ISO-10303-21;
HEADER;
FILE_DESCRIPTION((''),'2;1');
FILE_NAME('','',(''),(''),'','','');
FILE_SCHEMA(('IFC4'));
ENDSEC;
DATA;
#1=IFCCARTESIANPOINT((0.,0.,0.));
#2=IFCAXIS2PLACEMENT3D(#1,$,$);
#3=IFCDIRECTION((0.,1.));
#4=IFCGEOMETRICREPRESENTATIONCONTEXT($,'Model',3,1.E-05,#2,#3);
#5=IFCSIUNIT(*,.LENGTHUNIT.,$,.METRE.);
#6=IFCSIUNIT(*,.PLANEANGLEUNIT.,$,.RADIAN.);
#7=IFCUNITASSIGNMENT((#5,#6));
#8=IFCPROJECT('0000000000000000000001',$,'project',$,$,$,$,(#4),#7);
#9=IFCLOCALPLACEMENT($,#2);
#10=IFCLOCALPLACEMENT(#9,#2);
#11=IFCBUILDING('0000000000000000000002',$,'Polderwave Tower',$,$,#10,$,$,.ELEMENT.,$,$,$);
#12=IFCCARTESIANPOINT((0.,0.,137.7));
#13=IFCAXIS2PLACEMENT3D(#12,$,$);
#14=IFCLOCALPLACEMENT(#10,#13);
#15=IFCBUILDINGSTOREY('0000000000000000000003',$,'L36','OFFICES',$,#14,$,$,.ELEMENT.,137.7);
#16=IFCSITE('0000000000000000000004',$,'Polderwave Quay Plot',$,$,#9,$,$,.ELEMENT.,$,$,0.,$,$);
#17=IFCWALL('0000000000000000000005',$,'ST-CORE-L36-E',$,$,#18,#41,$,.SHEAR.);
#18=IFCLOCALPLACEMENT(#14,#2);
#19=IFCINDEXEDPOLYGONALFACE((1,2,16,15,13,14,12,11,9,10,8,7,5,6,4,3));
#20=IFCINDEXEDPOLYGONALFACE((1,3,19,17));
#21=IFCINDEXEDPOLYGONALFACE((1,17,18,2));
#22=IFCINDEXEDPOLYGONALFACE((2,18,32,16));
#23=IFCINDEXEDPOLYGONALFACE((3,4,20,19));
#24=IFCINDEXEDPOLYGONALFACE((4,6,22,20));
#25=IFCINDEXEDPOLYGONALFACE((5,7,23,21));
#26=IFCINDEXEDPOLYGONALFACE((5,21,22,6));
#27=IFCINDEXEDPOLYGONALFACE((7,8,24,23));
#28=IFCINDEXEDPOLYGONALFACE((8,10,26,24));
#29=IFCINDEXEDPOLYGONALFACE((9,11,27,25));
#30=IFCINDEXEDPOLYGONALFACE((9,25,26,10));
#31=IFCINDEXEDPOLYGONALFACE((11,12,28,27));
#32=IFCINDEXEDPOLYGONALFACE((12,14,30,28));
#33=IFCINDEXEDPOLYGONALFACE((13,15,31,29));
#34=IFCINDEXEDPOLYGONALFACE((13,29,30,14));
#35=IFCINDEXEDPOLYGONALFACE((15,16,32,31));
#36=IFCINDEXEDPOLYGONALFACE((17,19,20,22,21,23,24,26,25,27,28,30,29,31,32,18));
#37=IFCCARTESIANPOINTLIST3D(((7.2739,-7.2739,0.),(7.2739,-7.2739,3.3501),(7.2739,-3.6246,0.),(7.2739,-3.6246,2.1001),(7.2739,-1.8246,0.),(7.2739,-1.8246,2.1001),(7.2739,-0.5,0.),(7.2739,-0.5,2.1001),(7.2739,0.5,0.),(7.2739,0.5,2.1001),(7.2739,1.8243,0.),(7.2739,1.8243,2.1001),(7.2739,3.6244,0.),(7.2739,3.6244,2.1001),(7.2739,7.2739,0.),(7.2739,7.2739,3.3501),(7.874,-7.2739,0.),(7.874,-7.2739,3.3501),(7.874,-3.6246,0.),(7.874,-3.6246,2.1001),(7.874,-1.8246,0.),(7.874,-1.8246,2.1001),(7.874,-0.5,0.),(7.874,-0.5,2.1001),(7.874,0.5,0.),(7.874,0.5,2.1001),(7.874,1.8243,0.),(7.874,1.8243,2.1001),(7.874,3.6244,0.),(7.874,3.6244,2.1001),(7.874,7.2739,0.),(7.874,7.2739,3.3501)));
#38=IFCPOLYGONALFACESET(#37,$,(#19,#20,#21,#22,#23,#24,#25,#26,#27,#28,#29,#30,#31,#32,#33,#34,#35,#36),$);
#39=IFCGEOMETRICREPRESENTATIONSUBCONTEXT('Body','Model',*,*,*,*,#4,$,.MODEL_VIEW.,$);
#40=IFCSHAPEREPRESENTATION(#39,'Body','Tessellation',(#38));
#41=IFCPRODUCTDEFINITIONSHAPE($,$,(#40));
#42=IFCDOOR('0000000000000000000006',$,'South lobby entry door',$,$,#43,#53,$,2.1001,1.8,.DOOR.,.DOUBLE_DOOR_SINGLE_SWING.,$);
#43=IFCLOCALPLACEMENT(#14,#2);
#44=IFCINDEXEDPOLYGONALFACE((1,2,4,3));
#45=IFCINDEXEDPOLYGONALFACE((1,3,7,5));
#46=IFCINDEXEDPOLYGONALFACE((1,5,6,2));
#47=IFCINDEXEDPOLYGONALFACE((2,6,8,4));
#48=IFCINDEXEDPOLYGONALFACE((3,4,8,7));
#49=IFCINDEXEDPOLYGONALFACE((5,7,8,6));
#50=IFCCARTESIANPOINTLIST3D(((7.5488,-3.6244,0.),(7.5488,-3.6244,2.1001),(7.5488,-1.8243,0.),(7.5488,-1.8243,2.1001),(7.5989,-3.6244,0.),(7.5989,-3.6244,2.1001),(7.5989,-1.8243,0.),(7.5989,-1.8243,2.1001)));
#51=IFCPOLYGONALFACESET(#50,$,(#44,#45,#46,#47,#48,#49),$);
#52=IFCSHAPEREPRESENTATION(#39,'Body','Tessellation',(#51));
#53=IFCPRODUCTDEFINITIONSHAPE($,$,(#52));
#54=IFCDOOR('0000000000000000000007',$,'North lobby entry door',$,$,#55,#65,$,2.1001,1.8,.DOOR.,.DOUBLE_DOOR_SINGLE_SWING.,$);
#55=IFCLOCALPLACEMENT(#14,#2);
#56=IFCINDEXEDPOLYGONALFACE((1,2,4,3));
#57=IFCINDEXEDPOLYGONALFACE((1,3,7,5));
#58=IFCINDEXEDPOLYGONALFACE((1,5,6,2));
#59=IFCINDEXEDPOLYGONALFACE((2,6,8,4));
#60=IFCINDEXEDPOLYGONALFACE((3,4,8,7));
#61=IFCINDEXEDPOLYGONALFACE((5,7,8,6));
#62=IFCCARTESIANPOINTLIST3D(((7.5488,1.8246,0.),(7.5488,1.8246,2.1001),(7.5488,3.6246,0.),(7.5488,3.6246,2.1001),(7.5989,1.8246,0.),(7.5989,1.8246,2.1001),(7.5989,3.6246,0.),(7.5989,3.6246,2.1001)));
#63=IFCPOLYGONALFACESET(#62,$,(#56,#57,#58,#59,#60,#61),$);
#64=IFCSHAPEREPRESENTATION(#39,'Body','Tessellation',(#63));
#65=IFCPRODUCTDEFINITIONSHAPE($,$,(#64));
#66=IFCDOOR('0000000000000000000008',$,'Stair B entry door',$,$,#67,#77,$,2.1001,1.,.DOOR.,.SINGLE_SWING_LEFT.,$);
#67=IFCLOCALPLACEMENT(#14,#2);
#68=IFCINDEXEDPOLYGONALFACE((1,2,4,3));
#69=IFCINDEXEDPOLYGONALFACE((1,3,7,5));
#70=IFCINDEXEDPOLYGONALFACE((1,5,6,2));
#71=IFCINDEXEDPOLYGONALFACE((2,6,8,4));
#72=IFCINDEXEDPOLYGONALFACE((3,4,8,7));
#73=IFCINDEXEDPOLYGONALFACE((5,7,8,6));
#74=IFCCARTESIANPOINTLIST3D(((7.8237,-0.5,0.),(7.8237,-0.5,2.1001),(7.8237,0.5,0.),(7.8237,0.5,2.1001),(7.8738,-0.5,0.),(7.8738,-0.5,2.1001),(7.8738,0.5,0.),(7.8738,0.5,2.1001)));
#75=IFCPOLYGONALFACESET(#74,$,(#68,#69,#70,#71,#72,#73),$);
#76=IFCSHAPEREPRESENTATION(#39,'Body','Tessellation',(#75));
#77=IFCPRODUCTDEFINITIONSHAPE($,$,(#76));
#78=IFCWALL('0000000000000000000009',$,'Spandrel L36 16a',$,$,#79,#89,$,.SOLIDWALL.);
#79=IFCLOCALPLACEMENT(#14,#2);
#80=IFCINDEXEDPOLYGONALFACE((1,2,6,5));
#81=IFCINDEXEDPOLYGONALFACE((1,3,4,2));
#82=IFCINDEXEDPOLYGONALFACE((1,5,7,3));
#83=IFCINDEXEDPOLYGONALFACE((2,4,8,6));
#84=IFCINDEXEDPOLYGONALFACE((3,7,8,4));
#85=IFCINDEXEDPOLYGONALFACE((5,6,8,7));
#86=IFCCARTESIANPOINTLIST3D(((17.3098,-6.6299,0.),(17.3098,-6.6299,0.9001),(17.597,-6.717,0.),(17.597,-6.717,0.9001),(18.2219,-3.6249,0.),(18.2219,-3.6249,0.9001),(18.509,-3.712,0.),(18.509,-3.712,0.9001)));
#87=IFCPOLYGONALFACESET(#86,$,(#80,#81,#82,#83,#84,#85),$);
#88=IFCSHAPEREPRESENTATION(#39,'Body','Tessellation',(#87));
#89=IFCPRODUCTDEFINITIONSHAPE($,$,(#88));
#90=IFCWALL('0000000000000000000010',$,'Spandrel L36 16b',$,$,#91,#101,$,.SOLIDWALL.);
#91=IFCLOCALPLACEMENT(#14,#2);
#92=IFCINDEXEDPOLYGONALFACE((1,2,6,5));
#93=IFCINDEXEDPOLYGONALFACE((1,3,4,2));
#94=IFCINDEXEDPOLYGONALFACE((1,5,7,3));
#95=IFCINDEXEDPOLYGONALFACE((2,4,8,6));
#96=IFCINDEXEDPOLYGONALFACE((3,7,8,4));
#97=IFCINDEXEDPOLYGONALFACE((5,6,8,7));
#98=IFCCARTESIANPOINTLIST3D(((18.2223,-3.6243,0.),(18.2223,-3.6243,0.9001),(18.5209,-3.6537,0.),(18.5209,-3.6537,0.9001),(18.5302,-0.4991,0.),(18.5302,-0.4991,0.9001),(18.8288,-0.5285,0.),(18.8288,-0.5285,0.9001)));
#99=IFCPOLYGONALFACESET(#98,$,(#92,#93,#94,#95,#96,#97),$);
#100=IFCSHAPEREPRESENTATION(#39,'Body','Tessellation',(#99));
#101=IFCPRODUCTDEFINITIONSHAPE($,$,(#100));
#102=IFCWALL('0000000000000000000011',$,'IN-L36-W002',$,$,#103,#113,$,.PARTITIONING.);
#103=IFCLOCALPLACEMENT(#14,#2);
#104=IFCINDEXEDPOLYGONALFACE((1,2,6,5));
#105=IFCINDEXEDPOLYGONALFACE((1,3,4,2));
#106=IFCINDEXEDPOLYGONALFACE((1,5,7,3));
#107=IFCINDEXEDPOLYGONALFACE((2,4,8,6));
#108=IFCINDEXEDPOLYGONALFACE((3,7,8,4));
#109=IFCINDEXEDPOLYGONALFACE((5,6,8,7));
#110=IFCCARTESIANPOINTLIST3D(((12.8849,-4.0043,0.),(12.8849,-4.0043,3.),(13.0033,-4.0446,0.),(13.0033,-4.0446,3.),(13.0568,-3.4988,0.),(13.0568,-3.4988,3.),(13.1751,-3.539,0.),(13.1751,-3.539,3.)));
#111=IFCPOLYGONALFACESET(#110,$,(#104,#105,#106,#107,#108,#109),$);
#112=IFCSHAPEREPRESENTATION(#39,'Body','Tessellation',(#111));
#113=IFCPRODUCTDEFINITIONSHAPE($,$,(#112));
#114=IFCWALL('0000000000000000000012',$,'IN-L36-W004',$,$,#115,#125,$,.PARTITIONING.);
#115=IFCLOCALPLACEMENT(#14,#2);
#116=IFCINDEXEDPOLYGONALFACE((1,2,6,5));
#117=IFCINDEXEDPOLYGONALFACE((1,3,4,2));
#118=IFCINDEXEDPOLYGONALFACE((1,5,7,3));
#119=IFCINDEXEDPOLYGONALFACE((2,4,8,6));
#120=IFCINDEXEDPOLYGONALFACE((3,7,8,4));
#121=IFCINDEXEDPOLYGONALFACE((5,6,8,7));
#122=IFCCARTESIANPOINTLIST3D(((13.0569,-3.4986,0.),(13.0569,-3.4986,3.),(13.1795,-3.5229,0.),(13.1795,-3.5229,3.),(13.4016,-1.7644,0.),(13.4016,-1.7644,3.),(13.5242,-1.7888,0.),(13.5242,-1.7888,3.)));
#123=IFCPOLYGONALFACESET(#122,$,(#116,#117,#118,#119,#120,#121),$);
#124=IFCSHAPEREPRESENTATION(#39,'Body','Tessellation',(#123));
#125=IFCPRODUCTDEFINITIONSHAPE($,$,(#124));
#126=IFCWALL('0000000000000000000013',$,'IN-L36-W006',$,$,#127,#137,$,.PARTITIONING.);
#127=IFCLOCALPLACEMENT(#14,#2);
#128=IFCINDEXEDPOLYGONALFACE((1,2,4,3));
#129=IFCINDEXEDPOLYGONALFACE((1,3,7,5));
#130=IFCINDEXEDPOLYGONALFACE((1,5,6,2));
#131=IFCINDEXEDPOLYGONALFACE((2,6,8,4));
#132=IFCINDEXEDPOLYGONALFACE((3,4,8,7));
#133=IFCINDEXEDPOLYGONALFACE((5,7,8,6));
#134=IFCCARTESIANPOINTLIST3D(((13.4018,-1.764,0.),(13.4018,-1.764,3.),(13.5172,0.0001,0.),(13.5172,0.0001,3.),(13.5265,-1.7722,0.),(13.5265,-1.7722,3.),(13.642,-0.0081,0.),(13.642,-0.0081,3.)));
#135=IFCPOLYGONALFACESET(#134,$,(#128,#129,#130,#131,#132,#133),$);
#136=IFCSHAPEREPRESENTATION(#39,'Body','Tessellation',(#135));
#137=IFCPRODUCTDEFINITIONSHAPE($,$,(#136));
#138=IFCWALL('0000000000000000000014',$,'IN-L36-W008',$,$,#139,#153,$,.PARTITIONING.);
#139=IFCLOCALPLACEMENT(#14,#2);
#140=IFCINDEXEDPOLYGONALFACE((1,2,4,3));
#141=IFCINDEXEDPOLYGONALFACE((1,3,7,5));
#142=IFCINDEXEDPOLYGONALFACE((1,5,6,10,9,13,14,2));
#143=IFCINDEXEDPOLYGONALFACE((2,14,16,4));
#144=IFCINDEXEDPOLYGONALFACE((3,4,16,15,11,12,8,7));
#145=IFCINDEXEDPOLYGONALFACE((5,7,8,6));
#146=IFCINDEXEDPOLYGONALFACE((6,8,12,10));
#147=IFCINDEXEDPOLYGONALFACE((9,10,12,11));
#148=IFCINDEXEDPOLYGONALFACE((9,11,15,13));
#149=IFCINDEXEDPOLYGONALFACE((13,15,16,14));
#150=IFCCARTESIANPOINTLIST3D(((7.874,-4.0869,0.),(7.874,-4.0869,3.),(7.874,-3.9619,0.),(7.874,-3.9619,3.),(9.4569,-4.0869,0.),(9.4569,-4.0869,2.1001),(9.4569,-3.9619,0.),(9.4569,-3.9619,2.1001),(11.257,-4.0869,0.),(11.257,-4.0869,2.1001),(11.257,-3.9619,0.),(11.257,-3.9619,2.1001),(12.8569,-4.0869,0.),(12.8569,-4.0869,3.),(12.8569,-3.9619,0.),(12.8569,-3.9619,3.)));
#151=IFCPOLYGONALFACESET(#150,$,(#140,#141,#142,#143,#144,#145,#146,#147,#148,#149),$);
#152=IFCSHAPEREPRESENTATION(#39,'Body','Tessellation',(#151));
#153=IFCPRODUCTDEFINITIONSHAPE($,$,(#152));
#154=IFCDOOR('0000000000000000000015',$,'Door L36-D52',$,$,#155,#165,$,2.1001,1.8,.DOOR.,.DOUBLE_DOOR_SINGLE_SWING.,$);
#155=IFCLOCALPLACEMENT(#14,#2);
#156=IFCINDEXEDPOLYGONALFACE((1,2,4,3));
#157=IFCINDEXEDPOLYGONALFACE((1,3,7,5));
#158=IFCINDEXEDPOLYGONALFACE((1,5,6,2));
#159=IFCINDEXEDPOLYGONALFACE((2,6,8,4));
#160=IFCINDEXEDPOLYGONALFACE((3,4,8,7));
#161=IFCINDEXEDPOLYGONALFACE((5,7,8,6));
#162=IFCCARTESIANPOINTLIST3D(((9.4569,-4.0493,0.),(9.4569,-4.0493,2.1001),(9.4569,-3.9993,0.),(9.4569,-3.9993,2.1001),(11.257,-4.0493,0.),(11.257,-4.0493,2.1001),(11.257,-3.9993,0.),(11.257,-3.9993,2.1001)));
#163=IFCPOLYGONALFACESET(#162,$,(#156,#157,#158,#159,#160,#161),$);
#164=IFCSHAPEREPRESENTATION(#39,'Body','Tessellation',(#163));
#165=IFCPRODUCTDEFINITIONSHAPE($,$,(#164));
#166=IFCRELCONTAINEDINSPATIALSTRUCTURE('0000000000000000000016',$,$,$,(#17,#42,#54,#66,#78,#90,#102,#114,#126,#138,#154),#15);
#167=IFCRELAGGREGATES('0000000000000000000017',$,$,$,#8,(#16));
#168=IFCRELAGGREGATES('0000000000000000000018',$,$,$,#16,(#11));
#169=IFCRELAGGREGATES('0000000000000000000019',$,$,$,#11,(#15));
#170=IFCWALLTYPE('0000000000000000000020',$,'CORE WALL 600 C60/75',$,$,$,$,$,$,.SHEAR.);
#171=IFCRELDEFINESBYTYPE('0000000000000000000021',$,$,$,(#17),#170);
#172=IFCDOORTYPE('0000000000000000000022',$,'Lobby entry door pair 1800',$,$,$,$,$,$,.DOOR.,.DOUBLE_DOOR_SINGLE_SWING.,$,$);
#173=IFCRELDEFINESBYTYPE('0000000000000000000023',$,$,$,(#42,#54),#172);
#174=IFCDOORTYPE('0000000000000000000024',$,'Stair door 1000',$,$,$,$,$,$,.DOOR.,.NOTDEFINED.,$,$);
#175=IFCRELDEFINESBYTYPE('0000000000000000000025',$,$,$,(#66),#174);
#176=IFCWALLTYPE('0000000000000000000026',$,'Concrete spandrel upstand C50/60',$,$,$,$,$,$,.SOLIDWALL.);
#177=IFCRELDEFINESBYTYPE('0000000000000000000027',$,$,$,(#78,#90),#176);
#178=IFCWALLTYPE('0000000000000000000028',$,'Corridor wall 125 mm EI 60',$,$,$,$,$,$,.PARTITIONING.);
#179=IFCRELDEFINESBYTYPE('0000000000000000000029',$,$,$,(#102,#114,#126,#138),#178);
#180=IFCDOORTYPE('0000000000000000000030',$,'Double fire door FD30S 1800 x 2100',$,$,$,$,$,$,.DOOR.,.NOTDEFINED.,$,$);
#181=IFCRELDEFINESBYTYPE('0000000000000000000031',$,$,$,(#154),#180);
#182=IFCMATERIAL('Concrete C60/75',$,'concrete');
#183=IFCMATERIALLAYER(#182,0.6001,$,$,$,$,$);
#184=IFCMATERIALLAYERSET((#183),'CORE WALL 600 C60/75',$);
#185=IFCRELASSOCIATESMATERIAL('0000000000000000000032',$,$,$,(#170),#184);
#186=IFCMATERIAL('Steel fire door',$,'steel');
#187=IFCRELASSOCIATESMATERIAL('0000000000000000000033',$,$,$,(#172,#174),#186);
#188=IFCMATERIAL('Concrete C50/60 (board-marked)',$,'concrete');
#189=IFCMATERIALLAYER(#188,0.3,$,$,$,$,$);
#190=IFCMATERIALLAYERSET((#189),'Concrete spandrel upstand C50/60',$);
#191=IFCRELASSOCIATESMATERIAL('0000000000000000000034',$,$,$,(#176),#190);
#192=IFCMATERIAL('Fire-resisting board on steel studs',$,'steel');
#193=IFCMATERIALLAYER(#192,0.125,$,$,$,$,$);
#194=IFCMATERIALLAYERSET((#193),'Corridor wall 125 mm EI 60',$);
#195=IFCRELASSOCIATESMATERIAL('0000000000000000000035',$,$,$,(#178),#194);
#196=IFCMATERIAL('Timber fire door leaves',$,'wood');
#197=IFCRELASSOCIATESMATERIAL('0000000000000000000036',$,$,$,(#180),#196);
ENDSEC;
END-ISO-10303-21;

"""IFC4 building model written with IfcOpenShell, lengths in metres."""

from ifc_helpers import new_model, si_unit, direction, frame, frame_2d, origin, place, context, subcontext, project, spatial, rectangle, extrude, material, layer, layer_set, type_object, element, fill, save


model = new_model("IFC4")

# Units and contexts
model_context = context("Model", 3, precision=1e-05, world=origin(), true_north=direction((0.0, 1.0)))
body_context = subcontext(model_context, "Body", "Model", "MODEL_VIEW")
ifc_project = project(units=[si_unit("LENGTHUNIT", "METRE"), si_unit("PLANEANGLEUNIT", "RADIAN")], contexts=[model_context])

# Site, building, storey
site_placement = place(None, origin())
site = spatial("IfcSite", under=ifc_project, at=site_placement, Name="Polderwave Quay Plot", CompositionType="ELEMENT", RefElevation=0.0)
building_placement = place(site_placement, origin())
building = spatial("IfcBuilding", under=site, at=building_placement, Name="Polderwave Tower", CompositionType="ELEMENT")
storey_placement = place(building_placement, frame((0.0, 0.0, 137.7)))
storey = spatial("IfcBuildingStorey", under=building, at=storey_placement, Name="L36", Description="OFFICES", CompositionType="ELEMENT", Elevation=137.7)

# Shared definitions
ifc_material_1 = material(Name="Concrete C60/75", Category="concrete")

# Wall, openings, doors
ifc_layer_1 = layer(ifc_material_1, 0.6001)
ifc_layer_set_1 = layer_set([ifc_layer_1], Name="CORE WALL 600 C60/75")
wall_type_1 = type_object("IfcWallType", Name="CORE WALL 600 C60/75", PredefinedType="SHEAR", material=ifc_layer_set_1)
wall_1_placement = place(storey_placement, frame((7.574, -7.2739, 0.0), z_axis=(0.0, 0.0, 1.0), x_axis=(0.0, 1.0, 0.0)))
wall_1 = element("IfcWall", 1, at=wall_1_placement, inside=storey, type_object=wall_type_1, Name="ST-CORE-L36-E", PredefinedType="SHEAR", context=body_context, shape_type="SweptSolid", body=[
    extrude(rectangle(XDim=14.5479, YDim=0.6001, at=frame_2d((7.2739, 0.0))), origin(), (0.0, 0.0, 1.0), 3.3501),
])
opening_1_placement = place(wall_1_placement, frame((6.7739, 0.0, 0.0)))
opening_1 = element("IfcOpeningElement", 2, at=opening_1_placement, cuts=wall_1, PredefinedType="OPENING", context=body_context, shape_type="SweptSolid", body=[
    extrude(rectangle(XDim=1.0, YDim=2.1001, at=frame_2d((0.5, 1.05))), frame((0.0, 0.3101, 0.0), z_axis=(0.0, -1.0, 0.0), x_axis=(1.0, 0.0, 0.0)), (0.0, 0.0, 1.0), 0.6201),
])
opening_2_placement = place(wall_1_placement, frame((3.6494, 0.0, 0.0)))
opening_2 = element("IfcOpeningElement", 3, at=opening_2_placement, cuts=wall_1, PredefinedType="OPENING", context=body_context, shape_type="SweptSolid", body=[
    extrude(rectangle(XDim=1.8, YDim=2.1001, at=frame_2d((0.8999, 1.05))), frame((0.0, 0.3101, 0.0), z_axis=(0.0, -1.0, 0.0), x_axis=(1.0, 0.0, 0.0)), (0.0, 0.0, 1.0), 0.6201),
])
opening_3_placement = place(wall_1_placement, frame((9.0984, 0.0, 0.0)))
opening_3 = element("IfcOpeningElement", 4, at=opening_3_placement, cuts=wall_1, PredefinedType="OPENING", context=body_context, shape_type="SweptSolid", body=[
    extrude(rectangle(XDim=1.8, YDim=2.1001, at=frame_2d((0.8999, 1.05))), frame((0.0, 0.3101, 0.0), z_axis=(0.0, -1.0, 0.0), x_axis=(1.0, 0.0, 0.0)), (0.0, 0.0, 1.0), 0.6201),
])
ifc_material_2 = material(Name="Steel fire door", Category="steel")
door_type_1 = type_object("IfcDoorType", Name="Lobby entry door pair 1800", OperationType="DOUBLE_DOOR_SINGLE_SWING", PredefinedType="DOOR", material=ifc_material_2)
door_1_placement = place(opening_2_placement, frame((1.8, 0.0, 0.0), z_axis=(0.0, 0.0, 1.0), x_axis=(-1.0, 0.0, 0.0)))
door_1 = element("IfcDoor", 5, at=door_1_placement, inside=storey, type_object=door_type_1, Name="South lobby entry door", OperationType="DOUBLE_DOOR_SINGLE_SWING", OverallHeight=2.1001, OverallWidth=1.8, PredefinedType="DOOR", context=body_context, shape_type="SweptSolid", body=[
    extrude(rectangle(XDim=1.8, YDim=2.1001, at=frame_2d((0.8999, 1.05))), frame((0.0, 0.0249, 0.0), z_axis=(0.0, -1.0, 0.0), x_axis=(1.0, 0.0, 0.0)), (0.0, 0.0, 1.0), 0.05),
])
fill(opening_2, door_1)
door_2_placement = place(opening_3_placement, frame((1.8, 0.0, 0.0), z_axis=(0.0, 0.0, 1.0), x_axis=(-1.0, 0.0, 0.0)))
door_2 = element("IfcDoor", 6, at=door_2_placement, inside=storey, type_object=door_type_1, Name="North lobby entry door", OperationType="DOUBLE_DOOR_SINGLE_SWING", OverallHeight=2.1001, OverallWidth=1.8, PredefinedType="DOOR", context=body_context, shape_type="SweptSolid", body=[
    extrude(rectangle(XDim=1.8, YDim=2.1001, at=frame_2d((0.8999, 1.05))), frame((0.0, 0.0249, 0.0), z_axis=(0.0, -1.0, 0.0), x_axis=(1.0, 0.0, 0.0)), (0.0, 0.0, 1.0), 0.05),
])
fill(opening_3, door_2)
door_type_2 = type_object("IfcDoorType", Name="Stair door 1000", OperationType="NOTDEFINED", PredefinedType="DOOR", material=ifc_material_2)
door_3_placement = place(opening_1_placement, frame((1.0, 0.0, 0.0), z_axis=(0.0, 0.0, 1.0), x_axis=(-1.0, 0.0, 0.0)))
door_3 = element("IfcDoor", 7, at=door_3_placement, inside=storey, type_object=door_type_2, Name="Stair B entry door", OperationType="SINGLE_SWING_LEFT", OverallHeight=2.1001, OverallWidth=1.0, PredefinedType="DOOR", context=body_context, shape_type="SweptSolid", body=[
    extrude(rectangle(XDim=1.0, YDim=2.1001, at=frame_2d((0.5, 1.05))), frame((0.0, 0.2998, 0.0), z_axis=(0.0, -1.0, 0.0), x_axis=(1.0, 0.0, 0.0)), (0.0, 0.0, 1.0), 0.05),
])
fill(opening_1, door_3)

# Walls
ifc_material_3 = material(Name="Concrete C50/60 (board-marked)", Category="concrete")
ifc_layer_2 = layer(ifc_material_3, 0.3)
ifc_layer_set_2 = layer_set([ifc_layer_2], Name="Concrete spandrel upstand C50/60")
wall_type_2 = type_object("IfcWallType", Name="Concrete spandrel upstand C50/60", PredefinedType="SOLIDWALL", material=ifc_layer_set_2)
for number, where, z_axis, x_axis, name in (
    (8, (17.4534, -6.6736, 0.0), (0.0, 0.0, 1.0), (0.290435, 0.956895, 0.0), "Spandrel L36 16a"),
    (9, (18.3716, -3.6392, 0.0), (0.0, 0.0, 1.0), (0.098033, 0.995183, 0.0), "Spandrel L36 16b"),
):
    element("IfcWall", number, at=place(storey_placement, frame(where, z_axis=z_axis, x_axis=x_axis)), inside=storey, type_object=wall_type_2, Name=name, PredefinedType="SOLIDWALL", context=body_context, shape_type="SweptSolid", body=[
        extrude(rectangle(XDim=3.1404, YDim=0.3, at=frame_2d((1.5703, 0.0))), origin(), (0.0, 0.0, 1.0), 0.9001),
    ])
ifc_material_4 = material(Name="Fire-resisting board on steel studs", Category="steel")
ifc_layer_3 = layer(ifc_material_4, 0.125)
ifc_layer_set_3 = layer_set([ifc_layer_3], Name="Corridor wall 125 mm EI 60")
wall_type_3 = type_object("IfcWallType", Name="Corridor wall 125 mm EI 60", PredefinedType="PARTITIONING", material=ifc_layer_set_3)
wall_2_placement = place(storey_placement, frame((13.116, -3.5188, 0.0), z_axis=(0.0, 0.0, 1.0), x_axis=(-0.321845, -0.946792, 0.0)))
element("IfcWall", 10, at=wall_2_placement, inside=storey, type_object=wall_type_3, Name="IN-L36-W002", PredefinedType="PARTITIONING", context=body_context, shape_type="SweptSolid", body=[
    extrude(rectangle(XDim=0.5339, YDim=0.125, at=frame_2d((0.2671, 0.0))), origin(), (0.0, 0.0, 1.0), 3.0),
])
wall_3_placement = place(storey_placement, frame((13.4629, -1.7766, 0.0), z_axis=(0.0, 0.0, 1.0), x_axis=(-0.194974, -0.980808, 0.0)))
element("IfcWall", 11, at=wall_3_placement, inside=storey, type_object=wall_type_3, Name="IN-L36-W004", PredefinedType="PARTITIONING", context=body_context, shape_type="SweptSolid", body=[
    extrude(rectangle(XDim=1.7681, YDim=0.125, at=frame_2d((0.884, 0.0))), origin(), (0.0, 0.0, 1.0), 3.0),
])
wall_4_placement = place(storey_placement, frame((13.5796, -0.0042, 0.0), z_axis=(0.0, 0.0, 1.0), x_axis=(-0.065318, -0.997864, 0.0)))
element("IfcWall", 12, at=wall_4_placement, inside=storey, type_object=wall_type_3, Name="IN-L36-W006", PredefinedType="PARTITIONING", context=body_context, shape_type="SweptSolid", body=[
    extrude(rectangle(XDim=1.7678, YDim=0.125, at=frame_2d((0.8838, 0.0))), origin(), (0.0, 0.0, 1.0), 3.0),
])

# Wall, opening, door
wall_5_placement = place(storey_placement, frame((12.8569, -4.0244, 0.0), z_axis=(0.0, 0.0, 1.0), x_axis=(-1.0, 0.0, 0.0)))
wall_5 = element("IfcWall", 13, at=wall_5_placement, inside=storey, type_object=wall_type_3, Name="IN-L36-W008", PredefinedType="PARTITIONING", context=body_context, shape_type="SweptSolid", body=[
    extrude(rectangle(XDim=4.9829, YDim=0.125, at=frame_2d((2.4915, 0.0))), origin(), (0.0, 0.0, 1.0), 3.0),
])
opening_4_placement = place(wall_5_placement, frame((1.6001, 0.0, 0.0)))
opening_4 = element("IfcOpeningElement", 14, at=opening_4_placement, cuts=wall_5, PredefinedType="OPENING", context=body_context, shape_type="SweptSolid", body=[
    extrude(rectangle(XDim=1.8, YDim=2.1001, at=frame_2d((0.8999, 1.05))), frame((0.0, 0.0725, 0.0), z_axis=(0.0, -1.0, 0.0), x_axis=(1.0, 0.0, 0.0)), (0.0, 0.0, 1.0), 0.145),
])
ifc_material_5 = material(Name="Timber fire door leaves", Category="wood")
door_type_3 = type_object("IfcDoorType", Name="Double fire door FD30S 1800 x 2100", OperationType="NOTDEFINED", PredefinedType="DOOR", material=ifc_material_5)
door_4_placement = place(opening_4_placement, origin())
door_4 = element("IfcDoor", 15, at=door_4_placement, inside=storey, type_object=door_type_3, Name="Door L36-D52", OperationType="DOUBLE_DOOR_SINGLE_SWING", OverallHeight=2.1001, OverallWidth=1.8, PredefinedType="DOOR", context=body_context, shape_type="SweptSolid", body=[
    extrude(rectangle(XDim=1.8, YDim=2.1001, at=frame_2d((0.8999, 1.05))), frame((0.0, 0.0249, 0.0), z_axis=(0.0, -1.0, 0.0), x_axis=(1.0, 0.0, 0.0)), (0.0, 0.0, 1.0), 0.05),
])
fill(opening_4, door_4)

save(model, "model.ifc")
